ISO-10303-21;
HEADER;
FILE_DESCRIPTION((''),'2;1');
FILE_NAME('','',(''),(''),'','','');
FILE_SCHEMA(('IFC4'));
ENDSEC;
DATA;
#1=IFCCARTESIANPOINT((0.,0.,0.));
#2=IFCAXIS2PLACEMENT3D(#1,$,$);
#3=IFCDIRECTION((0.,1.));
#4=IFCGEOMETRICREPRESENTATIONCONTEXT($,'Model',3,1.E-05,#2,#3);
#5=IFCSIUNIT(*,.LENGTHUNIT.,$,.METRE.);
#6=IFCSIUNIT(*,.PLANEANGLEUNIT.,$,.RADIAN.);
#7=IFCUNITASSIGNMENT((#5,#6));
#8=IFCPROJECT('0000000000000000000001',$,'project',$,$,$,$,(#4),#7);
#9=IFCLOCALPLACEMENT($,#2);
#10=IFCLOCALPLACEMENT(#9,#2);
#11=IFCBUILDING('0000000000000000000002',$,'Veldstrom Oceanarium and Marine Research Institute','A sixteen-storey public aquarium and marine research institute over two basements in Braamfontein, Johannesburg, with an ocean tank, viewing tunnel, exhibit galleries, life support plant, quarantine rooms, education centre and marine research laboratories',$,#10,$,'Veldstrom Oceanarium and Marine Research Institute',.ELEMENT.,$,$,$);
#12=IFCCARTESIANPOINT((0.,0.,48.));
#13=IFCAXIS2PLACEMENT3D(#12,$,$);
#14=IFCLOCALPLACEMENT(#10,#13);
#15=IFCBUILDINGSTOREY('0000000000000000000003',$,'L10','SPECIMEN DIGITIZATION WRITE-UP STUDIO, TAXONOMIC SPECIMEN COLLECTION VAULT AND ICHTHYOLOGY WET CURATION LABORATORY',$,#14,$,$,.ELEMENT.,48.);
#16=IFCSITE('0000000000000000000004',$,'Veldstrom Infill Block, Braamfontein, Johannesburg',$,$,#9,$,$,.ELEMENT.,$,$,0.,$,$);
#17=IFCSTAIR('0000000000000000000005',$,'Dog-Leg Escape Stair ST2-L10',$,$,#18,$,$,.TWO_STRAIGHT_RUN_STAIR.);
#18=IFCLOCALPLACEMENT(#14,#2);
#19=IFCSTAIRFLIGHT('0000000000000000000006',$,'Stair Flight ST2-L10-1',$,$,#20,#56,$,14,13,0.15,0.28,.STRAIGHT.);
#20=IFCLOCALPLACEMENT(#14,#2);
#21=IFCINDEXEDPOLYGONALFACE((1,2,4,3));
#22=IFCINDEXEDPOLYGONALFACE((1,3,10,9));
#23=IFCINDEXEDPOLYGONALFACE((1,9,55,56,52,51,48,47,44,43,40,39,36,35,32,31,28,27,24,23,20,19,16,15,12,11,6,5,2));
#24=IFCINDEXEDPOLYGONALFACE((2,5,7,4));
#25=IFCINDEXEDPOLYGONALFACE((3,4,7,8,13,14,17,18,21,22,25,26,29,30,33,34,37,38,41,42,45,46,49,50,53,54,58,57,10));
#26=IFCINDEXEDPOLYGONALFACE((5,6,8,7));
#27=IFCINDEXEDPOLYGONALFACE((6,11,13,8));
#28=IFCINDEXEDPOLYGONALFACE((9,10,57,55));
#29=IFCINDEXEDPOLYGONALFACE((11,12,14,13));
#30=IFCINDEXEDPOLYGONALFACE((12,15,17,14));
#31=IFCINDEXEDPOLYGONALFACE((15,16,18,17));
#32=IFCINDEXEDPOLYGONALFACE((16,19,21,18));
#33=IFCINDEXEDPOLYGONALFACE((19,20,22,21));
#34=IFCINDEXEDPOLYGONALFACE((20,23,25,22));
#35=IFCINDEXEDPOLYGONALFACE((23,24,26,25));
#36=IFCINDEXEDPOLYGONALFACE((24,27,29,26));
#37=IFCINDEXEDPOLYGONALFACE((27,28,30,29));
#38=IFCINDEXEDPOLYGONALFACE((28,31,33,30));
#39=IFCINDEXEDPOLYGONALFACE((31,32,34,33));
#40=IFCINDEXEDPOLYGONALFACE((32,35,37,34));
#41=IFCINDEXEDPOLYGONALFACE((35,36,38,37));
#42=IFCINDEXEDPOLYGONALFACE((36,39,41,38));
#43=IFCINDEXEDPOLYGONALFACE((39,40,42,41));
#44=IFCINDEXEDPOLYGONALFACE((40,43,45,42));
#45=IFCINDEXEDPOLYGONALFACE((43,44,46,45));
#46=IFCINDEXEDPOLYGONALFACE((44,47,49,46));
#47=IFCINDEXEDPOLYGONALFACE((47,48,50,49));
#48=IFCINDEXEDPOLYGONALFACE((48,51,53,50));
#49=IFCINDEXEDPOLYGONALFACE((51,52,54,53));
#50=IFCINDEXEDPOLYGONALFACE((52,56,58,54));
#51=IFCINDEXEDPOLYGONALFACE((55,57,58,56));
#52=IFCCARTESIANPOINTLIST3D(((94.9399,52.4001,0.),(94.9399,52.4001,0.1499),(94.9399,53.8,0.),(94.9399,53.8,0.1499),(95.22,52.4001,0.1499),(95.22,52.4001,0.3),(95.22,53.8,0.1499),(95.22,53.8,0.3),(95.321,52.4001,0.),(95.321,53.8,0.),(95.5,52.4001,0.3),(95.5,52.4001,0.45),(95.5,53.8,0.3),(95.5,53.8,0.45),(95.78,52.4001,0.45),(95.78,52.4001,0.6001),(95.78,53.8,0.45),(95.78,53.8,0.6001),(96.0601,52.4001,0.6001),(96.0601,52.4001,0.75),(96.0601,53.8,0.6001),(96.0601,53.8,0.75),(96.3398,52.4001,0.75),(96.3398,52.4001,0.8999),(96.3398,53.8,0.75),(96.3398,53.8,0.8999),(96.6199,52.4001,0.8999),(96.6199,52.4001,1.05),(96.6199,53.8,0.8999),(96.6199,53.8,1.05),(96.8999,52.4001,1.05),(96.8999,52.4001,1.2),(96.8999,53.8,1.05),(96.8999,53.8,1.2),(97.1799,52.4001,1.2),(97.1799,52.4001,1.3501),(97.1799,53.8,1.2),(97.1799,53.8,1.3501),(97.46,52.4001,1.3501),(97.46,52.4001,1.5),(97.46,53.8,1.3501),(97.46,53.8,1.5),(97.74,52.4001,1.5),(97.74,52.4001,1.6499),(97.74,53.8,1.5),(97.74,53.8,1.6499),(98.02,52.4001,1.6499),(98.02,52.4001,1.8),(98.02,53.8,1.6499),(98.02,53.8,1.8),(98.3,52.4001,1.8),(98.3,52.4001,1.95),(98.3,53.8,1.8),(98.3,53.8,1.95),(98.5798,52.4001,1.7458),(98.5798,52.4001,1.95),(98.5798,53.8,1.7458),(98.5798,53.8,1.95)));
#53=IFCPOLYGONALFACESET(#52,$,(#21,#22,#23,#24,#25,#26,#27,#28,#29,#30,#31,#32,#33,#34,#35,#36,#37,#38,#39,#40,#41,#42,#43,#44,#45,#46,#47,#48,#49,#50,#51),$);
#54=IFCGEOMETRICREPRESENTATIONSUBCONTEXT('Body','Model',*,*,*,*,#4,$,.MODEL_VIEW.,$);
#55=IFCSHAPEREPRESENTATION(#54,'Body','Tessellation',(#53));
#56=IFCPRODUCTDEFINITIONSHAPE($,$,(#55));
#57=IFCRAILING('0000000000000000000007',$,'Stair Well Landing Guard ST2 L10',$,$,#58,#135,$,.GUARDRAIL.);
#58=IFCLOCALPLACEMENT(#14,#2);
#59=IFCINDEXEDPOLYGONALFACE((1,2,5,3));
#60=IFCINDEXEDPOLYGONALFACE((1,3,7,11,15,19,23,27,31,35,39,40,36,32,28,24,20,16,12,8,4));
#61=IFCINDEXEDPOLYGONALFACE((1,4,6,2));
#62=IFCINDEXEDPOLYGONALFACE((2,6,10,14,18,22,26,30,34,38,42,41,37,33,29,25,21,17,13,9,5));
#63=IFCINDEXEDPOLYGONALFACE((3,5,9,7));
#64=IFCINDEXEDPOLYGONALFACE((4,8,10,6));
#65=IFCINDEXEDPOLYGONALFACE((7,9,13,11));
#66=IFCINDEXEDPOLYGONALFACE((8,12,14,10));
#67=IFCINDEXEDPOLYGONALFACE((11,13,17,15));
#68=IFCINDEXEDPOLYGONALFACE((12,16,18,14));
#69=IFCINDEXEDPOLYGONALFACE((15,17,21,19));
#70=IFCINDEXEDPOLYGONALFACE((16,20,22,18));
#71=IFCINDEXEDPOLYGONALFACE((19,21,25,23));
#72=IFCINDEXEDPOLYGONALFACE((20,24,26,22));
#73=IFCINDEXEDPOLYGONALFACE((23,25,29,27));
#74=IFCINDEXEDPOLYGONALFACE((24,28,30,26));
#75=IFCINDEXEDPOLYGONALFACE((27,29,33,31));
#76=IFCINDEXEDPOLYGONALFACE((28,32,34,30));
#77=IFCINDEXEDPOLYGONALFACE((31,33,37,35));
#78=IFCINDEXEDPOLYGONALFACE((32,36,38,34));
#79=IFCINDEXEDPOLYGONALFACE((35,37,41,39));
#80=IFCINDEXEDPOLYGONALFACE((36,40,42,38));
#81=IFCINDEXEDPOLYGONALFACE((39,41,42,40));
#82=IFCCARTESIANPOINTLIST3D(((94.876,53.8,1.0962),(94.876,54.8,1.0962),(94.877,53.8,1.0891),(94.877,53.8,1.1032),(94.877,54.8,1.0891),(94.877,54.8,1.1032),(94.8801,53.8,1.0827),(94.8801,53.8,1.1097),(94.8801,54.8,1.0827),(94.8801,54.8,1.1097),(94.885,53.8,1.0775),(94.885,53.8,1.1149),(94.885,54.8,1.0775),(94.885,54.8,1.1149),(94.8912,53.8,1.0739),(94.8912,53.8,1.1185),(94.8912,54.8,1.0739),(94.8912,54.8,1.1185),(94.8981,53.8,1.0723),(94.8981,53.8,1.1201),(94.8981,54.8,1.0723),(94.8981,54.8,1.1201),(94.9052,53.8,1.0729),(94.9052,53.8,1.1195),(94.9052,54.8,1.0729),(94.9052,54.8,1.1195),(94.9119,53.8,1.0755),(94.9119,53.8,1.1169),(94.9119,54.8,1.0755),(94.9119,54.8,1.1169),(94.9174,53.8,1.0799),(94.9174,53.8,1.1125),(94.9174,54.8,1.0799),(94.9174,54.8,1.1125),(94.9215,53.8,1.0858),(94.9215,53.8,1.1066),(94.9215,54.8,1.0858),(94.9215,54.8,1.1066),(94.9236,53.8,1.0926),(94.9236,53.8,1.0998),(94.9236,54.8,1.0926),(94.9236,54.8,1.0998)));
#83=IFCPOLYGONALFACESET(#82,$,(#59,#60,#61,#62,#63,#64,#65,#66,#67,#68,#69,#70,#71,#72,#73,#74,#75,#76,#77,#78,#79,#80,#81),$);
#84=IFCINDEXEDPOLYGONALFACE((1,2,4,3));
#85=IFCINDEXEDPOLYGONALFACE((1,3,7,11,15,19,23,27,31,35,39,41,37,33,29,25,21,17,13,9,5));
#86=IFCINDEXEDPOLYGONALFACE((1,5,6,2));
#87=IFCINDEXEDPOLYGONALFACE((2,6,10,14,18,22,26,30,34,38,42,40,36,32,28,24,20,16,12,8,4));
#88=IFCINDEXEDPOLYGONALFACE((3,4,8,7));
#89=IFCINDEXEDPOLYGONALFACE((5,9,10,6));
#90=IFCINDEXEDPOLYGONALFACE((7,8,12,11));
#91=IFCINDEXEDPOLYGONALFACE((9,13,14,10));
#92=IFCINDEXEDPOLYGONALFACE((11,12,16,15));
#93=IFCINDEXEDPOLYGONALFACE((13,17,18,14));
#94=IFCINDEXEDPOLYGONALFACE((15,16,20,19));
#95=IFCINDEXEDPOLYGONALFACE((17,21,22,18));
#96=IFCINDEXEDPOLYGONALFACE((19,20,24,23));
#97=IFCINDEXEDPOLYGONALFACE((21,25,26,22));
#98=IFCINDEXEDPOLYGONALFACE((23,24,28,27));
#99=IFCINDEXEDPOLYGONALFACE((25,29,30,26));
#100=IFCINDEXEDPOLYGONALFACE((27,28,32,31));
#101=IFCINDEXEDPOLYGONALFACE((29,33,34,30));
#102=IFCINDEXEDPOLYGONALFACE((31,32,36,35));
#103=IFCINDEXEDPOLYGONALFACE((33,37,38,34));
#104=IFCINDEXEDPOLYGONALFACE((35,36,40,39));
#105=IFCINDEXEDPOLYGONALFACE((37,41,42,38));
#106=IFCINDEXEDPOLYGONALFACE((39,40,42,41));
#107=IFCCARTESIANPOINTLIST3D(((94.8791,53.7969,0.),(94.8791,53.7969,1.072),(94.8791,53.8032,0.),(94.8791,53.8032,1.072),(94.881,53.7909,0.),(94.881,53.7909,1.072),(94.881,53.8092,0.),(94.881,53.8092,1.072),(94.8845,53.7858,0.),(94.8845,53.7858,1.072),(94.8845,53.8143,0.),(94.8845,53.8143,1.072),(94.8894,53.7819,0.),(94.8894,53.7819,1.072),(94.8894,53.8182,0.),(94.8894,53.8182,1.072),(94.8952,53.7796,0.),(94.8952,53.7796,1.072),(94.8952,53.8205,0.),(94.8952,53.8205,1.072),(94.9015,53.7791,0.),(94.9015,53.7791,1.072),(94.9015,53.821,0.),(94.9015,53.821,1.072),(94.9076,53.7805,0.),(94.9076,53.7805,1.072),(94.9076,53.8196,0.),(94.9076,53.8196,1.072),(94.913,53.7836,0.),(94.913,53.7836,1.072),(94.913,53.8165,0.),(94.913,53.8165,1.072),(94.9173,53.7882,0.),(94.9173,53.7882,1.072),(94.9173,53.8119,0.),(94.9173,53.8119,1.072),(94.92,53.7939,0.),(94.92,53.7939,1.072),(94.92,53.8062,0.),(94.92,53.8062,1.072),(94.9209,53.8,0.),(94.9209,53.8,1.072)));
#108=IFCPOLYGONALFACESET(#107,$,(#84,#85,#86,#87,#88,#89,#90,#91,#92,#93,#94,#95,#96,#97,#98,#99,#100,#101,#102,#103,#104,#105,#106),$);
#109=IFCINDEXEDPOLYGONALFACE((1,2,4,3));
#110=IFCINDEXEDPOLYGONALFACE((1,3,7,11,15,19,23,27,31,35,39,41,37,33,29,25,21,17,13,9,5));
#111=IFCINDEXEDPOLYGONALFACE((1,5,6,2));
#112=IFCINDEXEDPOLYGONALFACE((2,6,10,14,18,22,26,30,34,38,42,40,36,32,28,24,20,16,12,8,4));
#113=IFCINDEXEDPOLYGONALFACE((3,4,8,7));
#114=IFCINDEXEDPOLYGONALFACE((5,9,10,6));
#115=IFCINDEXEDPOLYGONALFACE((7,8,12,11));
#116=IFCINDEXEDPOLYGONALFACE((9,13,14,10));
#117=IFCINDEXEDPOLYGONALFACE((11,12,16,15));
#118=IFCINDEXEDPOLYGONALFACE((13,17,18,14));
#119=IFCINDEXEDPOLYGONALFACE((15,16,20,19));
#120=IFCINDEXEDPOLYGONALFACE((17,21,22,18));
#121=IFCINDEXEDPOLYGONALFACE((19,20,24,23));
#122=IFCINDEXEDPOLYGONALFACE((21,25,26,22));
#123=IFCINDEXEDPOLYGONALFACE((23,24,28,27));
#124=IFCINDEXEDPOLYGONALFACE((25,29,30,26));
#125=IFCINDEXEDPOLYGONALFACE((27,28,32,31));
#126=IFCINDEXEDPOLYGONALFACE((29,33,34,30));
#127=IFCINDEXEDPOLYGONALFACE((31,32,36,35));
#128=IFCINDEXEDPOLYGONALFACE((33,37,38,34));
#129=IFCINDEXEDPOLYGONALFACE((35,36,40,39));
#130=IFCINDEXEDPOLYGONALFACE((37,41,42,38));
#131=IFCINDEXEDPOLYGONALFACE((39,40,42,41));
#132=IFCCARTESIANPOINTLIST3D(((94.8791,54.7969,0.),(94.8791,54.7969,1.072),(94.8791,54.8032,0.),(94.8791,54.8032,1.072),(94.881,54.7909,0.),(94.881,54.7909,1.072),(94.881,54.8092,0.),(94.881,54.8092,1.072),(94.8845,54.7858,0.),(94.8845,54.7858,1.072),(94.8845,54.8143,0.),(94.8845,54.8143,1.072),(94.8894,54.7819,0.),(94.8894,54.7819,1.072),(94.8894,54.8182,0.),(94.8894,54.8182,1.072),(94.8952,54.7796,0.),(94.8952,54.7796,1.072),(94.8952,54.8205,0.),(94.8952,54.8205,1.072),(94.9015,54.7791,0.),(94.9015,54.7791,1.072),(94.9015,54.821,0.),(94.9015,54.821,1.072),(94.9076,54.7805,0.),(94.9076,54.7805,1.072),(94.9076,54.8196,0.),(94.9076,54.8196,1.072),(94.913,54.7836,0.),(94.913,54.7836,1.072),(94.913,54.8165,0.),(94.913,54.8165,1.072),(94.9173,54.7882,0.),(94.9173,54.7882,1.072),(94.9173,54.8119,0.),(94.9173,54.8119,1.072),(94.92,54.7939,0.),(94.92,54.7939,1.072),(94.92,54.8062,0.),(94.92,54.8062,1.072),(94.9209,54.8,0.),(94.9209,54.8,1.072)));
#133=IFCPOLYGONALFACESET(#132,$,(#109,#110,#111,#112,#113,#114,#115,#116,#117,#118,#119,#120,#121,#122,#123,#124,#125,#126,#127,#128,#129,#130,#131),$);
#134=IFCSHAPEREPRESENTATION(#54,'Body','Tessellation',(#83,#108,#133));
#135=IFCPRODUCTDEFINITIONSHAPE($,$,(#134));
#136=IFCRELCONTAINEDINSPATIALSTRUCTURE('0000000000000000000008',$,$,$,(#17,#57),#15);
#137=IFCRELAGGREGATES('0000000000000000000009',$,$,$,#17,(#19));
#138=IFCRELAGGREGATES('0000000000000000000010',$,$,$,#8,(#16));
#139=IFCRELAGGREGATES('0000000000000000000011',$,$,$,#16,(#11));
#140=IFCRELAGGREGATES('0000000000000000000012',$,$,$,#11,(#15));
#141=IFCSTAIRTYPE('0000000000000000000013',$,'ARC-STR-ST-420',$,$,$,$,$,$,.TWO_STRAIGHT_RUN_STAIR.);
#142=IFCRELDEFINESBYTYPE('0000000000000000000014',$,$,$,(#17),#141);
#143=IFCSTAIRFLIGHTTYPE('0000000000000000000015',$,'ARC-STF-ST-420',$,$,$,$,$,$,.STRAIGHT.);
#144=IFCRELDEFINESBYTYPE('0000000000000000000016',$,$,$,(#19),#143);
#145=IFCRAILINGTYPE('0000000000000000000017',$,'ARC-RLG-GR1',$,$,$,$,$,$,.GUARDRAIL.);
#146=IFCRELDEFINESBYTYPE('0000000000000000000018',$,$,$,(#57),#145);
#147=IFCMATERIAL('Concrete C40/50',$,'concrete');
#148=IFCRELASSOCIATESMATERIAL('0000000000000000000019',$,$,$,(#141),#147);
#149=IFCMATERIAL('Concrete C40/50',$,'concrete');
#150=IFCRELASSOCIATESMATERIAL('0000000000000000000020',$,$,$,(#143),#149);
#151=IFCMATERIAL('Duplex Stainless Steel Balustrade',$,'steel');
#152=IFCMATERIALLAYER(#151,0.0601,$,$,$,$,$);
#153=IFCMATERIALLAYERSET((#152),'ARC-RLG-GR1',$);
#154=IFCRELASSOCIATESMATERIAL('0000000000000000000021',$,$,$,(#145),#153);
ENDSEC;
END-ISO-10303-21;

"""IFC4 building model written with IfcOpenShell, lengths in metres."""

from ifc_helpers import new_model, si_unit, direction, frame, origin, origin_2d, place, context, subcontext, project, spatial, polyline, circle, outline, extrude, material, layer, layer_set, type_object, element, aggregate, save


model = new_model("IFC4")

# Units and contexts
model_context = context("Model", 3, precision=1e-05, world=origin(), true_north=direction((0.0, 1.0)))
body_context = subcontext(model_context, "Body", "Model", "MODEL_VIEW")
ifc_project = project(units=[si_unit("LENGTHUNIT", "METRE"), si_unit("PLANEANGLEUNIT", "RADIAN")], contexts=[model_context])

# Site, building, storey
site_placement = place(None, origin())
site = spatial("IfcSite", under=ifc_project, at=site_placement, Name="Veldstrom Infill Block, Braamfontein, Johannesburg", CompositionType="ELEMENT", RefElevation=0.0)
building_placement = place(site_placement, origin())
building = spatial("IfcBuilding", under=site, at=building_placement, Name="Veldstrom Oceanarium and Marine Research Institute", Description="A sixteen-storey public aquarium and marine research institute over two basements in Braamfontein, Johannesburg, with an ocean tank, viewing tunnel, exhibit galleries, life support plant, quarantine rooms, education centre and marine research laboratories", LongName="Veldstrom Oceanarium and Marine Research Institute", CompositionType="ELEMENT")
storey_placement = place(building_placement, frame((0.0, 0.0, 48.0)))
storey = spatial("IfcBuildingStorey", under=building, at=storey_placement, Name="L10", Description="SPECIMEN DIGITIZATION WRITE-UP STUDIO, TAXONOMIC SPECIMEN COLLECTION VAULT AND ICHTHYOLOGY WET CURATION LABORATORY", CompositionType="ELEMENT", Elevation=48.0)

# Stair, stair flight
ifc_material_1 = material(Name="Concrete C40/50", Category="concrete")
stair_type = type_object("IfcStairType", Name="ARC-STR-ST-420", PredefinedType="TWO_STRAIGHT_RUN_STAIR", material=ifc_material_1)
stair_placement = place(storey_placement, origin())
stair = element("IfcStair", 1, at=stair_placement, inside=storey, type_object=stair_type, Name="Dog-Leg Escape Stair ST2-L10", PredefinedType="TWO_STRAIGHT_RUN_STAIR")
ifc_material_2 = material(Name="Concrete C40/50", Category="concrete")
stair_flight_type = type_object("IfcStairFlightType", Name="ARC-STF-ST-420", PredefinedType="STRAIGHT", material=ifc_material_2)
stair_flight_placement = place(storey_placement, frame((94.9399, 53.1001, 0.0), z_axis=(0.0, 0.0, 1.0), x_axis=(1.0, 0.0, 0.0)))
stair_flight = element("IfcStairFlight", 2, at=stair_flight_placement, type_object=stair_flight_type, Name="Stair Flight ST2-L10-1", NumberOfRisers=14, NumberOfTreads=13, PredefinedType="STRAIGHT", RiserHeight=0.15, TreadLength=0.28, context=body_context, shape_type="SweptSolid", body=[
    extrude(outline(polyline([(0.0, 0.0), (0.0, 0.1499), (0.28, 0.1499), (0.28, 0.3), (0.5601, 0.3), (0.5601, 0.45), (0.8401, 0.45), (0.8401, 0.6001), (1.1201, 0.6001), (1.1201, 0.75), (1.3999, 0.75), (1.3999, 0.8999), (1.6799, 0.8999), (1.6799, 1.05), (1.96, 1.05), (1.96, 1.2), (2.24, 1.2), (2.24, 1.3501), (2.52, 1.3501), (2.52, 1.5), (2.8, 1.5), (2.8, 1.6499), (3.0801, 1.6499), (3.0801, 1.8), (3.3601, 1.8), (3.3601, 1.95), (3.6399, 1.95), (3.6399, 2.1001), (3.6399, 1.7458), (0.3811, 0.0), (0.0, 0.0)])), frame((0.0, 0.7, 0.0), z_axis=(0.0, -1.0, 0.0), x_axis=(1.0, 0.0, 0.0)), (0.0, 0.0, 1.0), 1.3999),
])
aggregate(stair, [stair_flight])

# Railing
ifc_material_3 = material(Name="Duplex Stainless Steel Balustrade", Category="steel")
ifc_layer_1 = layer(ifc_material_3, 0.0601)
ifc_layer_set_1 = layer_set([ifc_layer_1], Name="ARC-RLG-GR1")
railing_type_1 = type_object("IfcRailingType", Name="ARC-RLG-GR1", PredefinedType="GUARDRAIL", material=ifc_layer_set_1)
railing_1_placement = place(storey_placement, frame((94.8999, 53.8, 0.0)))
element("IfcRailing", 3, at=railing_1_placement, inside=storey, type_object=railing_type_1, Name="Stair Well Landing Guard ST2 L10", PredefinedType="GUARDRAIL", context=body_context, shape_type="SweptSolid", body=[
    extrude(circle(Radius=0.0239, at=origin_2d()), frame((0.0, 0.0, 1.0962), z_axis=(0.0, 1.0, 0.0), x_axis=(-1.0, 0.0, 0.0)), (0.0, 0.0, 1.0), 1.0),
    extrude(circle(Radius=0.021, at=origin_2d()), origin(), (0.0, 0.0, 1.0), 1.072),
    extrude(circle(Radius=0.021, at=origin_2d()), frame((0.0, 1.0, 0.0)), (0.0, 0.0, 1.0), 1.072),
])

save(model, "model.ifc")
